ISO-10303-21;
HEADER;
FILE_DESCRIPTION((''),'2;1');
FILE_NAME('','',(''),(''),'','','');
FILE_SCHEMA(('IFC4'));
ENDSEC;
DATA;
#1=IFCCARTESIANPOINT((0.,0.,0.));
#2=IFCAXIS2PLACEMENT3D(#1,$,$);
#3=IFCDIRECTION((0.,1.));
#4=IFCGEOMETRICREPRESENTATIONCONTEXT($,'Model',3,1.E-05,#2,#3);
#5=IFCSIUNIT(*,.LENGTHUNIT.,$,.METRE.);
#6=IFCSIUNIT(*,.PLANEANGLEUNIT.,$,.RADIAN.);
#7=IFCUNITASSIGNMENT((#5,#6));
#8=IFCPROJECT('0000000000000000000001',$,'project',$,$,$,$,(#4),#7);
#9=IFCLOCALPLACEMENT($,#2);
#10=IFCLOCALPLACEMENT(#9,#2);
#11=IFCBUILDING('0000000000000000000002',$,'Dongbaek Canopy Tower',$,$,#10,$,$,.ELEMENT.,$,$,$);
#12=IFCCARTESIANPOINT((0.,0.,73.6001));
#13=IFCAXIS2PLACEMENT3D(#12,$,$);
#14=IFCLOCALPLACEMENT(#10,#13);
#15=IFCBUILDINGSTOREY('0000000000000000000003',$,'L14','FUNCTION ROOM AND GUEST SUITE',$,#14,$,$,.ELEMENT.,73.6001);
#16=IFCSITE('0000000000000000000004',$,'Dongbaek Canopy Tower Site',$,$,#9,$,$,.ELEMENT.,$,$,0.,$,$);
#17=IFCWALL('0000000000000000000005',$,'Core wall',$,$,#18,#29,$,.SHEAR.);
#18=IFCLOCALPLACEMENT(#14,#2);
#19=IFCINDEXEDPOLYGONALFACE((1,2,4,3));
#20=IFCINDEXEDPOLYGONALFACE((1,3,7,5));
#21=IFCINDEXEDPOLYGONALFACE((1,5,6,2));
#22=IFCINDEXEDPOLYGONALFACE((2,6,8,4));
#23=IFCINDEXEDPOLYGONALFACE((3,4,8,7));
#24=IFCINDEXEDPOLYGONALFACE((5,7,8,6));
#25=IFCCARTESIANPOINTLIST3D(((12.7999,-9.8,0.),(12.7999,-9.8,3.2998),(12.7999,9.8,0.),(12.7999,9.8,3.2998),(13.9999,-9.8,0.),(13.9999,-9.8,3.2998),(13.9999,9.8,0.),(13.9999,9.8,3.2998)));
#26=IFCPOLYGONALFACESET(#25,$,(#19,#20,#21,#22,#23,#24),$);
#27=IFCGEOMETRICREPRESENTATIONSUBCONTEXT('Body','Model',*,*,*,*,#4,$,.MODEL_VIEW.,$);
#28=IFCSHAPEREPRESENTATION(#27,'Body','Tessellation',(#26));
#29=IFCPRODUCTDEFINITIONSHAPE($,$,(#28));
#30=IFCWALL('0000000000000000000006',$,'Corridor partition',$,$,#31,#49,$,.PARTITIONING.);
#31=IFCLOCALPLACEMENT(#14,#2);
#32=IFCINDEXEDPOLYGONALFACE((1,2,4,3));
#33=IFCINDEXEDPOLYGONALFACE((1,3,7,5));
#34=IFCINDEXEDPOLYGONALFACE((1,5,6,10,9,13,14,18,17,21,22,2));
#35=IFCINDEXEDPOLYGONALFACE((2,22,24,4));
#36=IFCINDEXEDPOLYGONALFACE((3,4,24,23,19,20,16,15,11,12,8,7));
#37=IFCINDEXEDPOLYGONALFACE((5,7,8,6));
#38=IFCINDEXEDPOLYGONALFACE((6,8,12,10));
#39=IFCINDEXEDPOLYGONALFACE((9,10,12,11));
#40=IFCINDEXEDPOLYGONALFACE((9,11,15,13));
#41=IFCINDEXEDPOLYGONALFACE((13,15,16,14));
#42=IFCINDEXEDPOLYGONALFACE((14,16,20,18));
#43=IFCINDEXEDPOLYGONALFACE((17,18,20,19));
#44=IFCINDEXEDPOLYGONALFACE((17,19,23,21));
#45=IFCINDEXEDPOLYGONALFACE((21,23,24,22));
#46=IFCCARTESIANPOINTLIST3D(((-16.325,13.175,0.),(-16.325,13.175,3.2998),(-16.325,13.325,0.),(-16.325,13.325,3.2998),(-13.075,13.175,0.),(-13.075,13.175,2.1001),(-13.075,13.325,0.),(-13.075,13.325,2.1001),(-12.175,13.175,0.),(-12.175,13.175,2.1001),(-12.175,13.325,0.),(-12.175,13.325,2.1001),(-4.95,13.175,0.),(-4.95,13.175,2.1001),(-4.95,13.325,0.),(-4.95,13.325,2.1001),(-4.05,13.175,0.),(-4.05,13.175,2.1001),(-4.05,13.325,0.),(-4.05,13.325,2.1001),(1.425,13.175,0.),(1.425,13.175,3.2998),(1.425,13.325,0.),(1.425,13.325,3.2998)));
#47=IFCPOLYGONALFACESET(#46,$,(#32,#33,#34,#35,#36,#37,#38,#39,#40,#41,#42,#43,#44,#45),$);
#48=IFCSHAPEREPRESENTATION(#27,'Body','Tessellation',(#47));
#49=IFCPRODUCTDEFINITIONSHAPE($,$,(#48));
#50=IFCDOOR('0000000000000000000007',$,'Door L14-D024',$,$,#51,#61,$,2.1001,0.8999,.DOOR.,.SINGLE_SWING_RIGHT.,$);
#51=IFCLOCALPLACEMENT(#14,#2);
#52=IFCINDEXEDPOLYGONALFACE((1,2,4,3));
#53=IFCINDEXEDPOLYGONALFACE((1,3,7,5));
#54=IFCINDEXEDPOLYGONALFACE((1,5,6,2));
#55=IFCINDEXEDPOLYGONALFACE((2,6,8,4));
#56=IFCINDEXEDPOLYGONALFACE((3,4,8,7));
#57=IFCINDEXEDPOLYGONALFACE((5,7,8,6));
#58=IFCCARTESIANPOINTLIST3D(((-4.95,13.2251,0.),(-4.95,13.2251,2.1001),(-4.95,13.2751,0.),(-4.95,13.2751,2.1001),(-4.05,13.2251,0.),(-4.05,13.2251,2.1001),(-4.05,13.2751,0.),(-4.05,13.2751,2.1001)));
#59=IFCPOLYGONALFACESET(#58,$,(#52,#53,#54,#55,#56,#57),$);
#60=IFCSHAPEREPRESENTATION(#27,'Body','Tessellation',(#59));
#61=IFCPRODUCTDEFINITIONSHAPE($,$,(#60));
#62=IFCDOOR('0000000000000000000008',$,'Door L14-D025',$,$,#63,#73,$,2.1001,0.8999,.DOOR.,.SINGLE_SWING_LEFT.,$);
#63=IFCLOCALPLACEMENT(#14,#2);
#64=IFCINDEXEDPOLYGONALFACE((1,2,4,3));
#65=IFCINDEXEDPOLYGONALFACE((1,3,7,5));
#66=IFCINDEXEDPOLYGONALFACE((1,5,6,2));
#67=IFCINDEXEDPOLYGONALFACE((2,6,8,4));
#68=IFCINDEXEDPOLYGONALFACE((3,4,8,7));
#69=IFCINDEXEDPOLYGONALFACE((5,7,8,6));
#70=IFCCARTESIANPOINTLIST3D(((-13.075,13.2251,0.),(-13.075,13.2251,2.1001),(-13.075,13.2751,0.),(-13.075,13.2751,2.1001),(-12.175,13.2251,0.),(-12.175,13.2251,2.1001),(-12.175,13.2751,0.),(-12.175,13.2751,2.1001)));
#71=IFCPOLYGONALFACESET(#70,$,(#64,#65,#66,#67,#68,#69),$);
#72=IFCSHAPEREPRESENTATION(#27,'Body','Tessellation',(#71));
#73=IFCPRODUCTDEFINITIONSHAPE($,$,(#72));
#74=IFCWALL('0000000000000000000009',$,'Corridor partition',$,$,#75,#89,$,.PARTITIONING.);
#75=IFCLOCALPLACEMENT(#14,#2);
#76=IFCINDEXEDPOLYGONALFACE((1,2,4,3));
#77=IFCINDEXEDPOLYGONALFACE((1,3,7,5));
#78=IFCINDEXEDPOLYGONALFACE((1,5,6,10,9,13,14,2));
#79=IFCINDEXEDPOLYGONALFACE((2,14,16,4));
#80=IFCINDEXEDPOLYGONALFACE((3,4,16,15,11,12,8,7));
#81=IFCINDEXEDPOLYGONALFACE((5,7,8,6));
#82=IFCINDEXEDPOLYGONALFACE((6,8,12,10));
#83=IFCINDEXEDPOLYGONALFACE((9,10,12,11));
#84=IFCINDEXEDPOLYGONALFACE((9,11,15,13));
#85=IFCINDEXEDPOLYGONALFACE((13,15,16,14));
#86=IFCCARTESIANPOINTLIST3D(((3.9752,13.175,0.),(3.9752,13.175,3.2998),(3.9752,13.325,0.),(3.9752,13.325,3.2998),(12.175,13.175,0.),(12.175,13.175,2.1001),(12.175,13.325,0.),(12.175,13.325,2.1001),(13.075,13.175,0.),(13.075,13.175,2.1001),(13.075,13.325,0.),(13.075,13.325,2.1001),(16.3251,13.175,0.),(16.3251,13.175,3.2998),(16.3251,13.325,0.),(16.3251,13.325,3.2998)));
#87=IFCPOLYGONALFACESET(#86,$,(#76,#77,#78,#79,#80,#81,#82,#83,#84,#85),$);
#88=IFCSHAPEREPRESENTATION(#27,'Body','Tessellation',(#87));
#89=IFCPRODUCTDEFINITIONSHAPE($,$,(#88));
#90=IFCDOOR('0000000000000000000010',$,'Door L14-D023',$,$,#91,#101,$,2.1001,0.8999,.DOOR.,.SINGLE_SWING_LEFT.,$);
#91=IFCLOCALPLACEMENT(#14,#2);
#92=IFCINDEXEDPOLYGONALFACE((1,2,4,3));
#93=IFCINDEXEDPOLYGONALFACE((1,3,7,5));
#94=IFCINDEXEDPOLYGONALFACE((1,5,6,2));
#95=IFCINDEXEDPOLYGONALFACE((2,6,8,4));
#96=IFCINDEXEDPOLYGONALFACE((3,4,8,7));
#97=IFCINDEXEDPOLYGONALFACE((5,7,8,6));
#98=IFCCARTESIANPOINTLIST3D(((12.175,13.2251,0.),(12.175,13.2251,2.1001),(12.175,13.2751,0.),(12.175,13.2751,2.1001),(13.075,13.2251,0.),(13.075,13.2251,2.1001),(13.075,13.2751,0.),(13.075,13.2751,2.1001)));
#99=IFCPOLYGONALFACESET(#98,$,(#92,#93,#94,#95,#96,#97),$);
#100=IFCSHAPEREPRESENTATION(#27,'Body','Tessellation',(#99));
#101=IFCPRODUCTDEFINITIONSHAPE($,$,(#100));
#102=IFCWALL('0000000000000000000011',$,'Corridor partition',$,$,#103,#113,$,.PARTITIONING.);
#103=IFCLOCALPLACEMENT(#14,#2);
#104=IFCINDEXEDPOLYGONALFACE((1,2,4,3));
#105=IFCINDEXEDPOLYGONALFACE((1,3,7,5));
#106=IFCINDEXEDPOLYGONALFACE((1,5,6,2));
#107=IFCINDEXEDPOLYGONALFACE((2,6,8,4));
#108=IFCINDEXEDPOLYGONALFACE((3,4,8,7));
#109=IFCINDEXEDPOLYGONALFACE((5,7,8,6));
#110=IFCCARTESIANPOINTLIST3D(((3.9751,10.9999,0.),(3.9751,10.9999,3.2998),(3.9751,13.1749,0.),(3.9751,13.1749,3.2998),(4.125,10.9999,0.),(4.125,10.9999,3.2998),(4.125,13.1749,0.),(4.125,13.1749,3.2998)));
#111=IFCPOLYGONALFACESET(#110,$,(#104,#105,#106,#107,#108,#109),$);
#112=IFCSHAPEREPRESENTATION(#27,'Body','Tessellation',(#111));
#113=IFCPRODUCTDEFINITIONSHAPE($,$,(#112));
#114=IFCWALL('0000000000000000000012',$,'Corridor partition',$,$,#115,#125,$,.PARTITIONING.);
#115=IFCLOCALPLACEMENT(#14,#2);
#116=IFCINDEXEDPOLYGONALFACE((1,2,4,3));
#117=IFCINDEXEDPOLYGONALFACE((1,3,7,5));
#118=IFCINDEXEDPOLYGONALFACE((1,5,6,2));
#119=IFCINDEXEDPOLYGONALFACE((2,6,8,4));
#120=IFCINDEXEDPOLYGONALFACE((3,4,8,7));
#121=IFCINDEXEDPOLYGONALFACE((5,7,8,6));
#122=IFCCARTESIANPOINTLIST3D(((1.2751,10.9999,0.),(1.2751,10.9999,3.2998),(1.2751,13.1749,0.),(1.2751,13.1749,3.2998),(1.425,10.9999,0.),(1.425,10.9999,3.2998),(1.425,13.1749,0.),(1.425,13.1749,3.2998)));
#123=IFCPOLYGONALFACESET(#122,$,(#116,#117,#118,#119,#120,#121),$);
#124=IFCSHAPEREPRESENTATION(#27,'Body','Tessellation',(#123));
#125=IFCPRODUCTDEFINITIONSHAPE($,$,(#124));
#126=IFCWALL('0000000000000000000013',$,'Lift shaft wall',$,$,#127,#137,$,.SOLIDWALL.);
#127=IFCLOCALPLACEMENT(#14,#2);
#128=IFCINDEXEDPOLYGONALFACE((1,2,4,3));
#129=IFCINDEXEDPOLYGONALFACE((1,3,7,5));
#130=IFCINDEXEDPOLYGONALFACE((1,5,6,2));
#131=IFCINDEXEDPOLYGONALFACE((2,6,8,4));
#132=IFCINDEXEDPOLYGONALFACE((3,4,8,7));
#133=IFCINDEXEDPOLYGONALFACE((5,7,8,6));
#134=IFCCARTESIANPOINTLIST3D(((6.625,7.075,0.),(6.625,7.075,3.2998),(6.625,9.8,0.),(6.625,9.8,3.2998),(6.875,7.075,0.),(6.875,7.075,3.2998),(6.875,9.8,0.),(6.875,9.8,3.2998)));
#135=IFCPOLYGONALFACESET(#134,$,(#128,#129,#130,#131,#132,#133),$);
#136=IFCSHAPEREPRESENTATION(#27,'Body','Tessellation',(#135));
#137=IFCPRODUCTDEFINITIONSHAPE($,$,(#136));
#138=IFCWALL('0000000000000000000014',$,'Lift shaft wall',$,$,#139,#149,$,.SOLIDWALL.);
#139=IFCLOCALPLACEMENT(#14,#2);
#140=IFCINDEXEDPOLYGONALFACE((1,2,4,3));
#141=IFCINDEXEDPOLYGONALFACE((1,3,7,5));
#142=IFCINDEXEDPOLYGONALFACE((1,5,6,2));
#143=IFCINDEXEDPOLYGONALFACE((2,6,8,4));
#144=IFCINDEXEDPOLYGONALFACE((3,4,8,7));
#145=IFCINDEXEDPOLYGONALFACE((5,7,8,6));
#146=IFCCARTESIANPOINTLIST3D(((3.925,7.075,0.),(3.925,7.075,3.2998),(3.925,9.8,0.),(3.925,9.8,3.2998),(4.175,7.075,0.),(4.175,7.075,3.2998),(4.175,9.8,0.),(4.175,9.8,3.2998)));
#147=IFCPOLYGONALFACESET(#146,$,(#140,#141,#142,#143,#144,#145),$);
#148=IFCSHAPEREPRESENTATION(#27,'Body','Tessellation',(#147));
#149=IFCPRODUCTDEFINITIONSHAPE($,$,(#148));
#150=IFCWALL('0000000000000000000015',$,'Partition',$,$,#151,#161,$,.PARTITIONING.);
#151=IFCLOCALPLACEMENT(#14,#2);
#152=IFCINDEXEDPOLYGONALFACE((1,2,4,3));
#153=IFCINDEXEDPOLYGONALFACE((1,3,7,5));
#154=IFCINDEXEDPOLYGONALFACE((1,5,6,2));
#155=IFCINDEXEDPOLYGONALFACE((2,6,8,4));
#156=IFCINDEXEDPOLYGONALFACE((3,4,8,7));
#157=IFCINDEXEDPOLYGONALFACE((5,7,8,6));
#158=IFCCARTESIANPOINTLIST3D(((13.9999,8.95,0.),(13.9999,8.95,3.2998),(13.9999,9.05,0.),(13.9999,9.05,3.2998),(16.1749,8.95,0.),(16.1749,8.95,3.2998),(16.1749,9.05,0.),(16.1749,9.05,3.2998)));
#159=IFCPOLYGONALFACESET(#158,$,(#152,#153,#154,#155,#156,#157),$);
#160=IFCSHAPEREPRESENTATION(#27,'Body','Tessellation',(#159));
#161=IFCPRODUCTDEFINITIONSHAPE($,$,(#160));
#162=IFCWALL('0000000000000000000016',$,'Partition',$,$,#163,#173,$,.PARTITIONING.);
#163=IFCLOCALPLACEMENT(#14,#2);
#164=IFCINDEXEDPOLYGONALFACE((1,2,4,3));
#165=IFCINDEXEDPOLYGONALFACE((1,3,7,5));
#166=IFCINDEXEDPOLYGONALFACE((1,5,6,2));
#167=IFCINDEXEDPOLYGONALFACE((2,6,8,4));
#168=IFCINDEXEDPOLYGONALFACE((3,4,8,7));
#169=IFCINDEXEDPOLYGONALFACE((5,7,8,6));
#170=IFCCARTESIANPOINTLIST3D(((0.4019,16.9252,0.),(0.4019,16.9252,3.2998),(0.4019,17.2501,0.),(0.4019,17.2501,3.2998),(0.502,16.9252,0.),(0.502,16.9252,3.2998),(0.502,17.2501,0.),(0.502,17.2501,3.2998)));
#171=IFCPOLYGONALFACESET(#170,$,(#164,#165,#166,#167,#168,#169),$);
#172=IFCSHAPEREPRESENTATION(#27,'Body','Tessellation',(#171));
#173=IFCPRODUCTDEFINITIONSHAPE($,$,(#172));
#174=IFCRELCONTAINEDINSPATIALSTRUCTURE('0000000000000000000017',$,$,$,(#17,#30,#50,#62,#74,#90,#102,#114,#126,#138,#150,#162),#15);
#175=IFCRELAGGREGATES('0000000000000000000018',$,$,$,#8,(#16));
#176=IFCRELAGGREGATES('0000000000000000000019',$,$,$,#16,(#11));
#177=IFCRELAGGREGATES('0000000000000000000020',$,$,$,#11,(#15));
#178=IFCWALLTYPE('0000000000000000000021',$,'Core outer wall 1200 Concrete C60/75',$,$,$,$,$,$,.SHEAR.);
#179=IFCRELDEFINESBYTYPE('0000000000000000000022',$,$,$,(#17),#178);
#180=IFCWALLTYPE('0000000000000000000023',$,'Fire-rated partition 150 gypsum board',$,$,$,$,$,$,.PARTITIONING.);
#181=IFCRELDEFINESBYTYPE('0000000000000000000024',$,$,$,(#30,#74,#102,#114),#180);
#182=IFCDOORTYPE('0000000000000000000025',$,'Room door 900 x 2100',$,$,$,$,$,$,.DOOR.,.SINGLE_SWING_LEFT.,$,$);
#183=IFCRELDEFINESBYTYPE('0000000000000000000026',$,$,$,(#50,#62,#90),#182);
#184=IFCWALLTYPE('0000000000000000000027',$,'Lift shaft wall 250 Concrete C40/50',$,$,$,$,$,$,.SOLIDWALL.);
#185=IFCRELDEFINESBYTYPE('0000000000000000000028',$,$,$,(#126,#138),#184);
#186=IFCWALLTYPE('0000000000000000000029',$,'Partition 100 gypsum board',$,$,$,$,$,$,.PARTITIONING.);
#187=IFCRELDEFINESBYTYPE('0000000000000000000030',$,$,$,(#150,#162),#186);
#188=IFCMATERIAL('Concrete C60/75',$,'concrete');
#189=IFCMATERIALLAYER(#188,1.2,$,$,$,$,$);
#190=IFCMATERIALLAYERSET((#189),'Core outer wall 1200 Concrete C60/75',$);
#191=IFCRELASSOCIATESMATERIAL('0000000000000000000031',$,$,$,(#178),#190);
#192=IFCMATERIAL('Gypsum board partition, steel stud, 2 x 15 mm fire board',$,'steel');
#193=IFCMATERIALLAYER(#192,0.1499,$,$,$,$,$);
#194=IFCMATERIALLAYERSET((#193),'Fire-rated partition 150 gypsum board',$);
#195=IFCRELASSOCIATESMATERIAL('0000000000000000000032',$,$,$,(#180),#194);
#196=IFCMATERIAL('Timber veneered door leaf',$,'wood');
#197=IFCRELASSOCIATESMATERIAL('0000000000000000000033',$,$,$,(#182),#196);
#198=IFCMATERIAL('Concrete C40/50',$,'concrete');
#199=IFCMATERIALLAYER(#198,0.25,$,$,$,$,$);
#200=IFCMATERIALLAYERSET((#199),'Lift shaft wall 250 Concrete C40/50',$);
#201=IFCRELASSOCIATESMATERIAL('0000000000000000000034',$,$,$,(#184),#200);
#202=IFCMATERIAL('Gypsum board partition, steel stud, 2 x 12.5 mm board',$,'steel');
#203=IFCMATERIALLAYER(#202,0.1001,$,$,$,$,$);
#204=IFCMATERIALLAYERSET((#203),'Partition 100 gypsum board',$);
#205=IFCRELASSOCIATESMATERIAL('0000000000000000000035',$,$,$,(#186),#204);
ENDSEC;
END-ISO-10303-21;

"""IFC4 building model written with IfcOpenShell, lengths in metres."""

from ifc_helpers import new_model, si_unit, direction, frame, frame_2d, origin, place, context, subcontext, project, spatial, rectangle, extrude, material, layer, layer_set, type_object, element, fill, save


model = new_model("IFC4")

# Units and contexts
model_context = context("Model", 3, precision=1e-05, world=origin(), true_north=direction((0.0, 1.0)))
body_context = subcontext(model_context, "Body", "Model", "MODEL_VIEW")
ifc_project = project(units=[si_unit("LENGTHUNIT", "METRE"), si_unit("PLANEANGLEUNIT", "RADIAN")], contexts=[model_context])

# Site, building, storey
site_placement = place(None, origin())
site = spatial("IfcSite", under=ifc_project, at=site_placement, Name="Dongbaek Canopy Tower Site", CompositionType="ELEMENT", RefElevation=0.0)
building_placement = place(site_placement, origin())
building = spatial("IfcBuilding", under=site, at=building_placement, Name="Dongbaek Canopy Tower", CompositionType="ELEMENT")
storey_placement = place(building_placement, frame((0.0, 0.0, 73.6001)))
storey = spatial("IfcBuildingStorey", under=building, at=storey_placement, Name="L14", Description="FUNCTION ROOM AND GUEST SUITE", CompositionType="ELEMENT", Elevation=73.6001)

# Wall
ifc_material_1 = material(Name="Concrete C60/75", Category="concrete")
ifc_layer_1 = layer(ifc_material_1, 1.2)
ifc_layer_set_1 = layer_set([ifc_layer_1], Name="Core outer wall 1200 Concrete C60/75")
wall_type_1 = type_object("IfcWallType", Name="Core outer wall 1200 Concrete C60/75", PredefinedType="SHEAR", material=ifc_layer_set_1)
wall_1_placement = place(storey_placement, frame((13.3999, 9.8, 0.0), z_axis=(0.0, 0.0, 1.0), x_axis=(0.0, -1.0, 0.0)))
element("IfcWall", 1, at=wall_1_placement, inside=storey, type_object=wall_type_1, Name="Core wall", PredefinedType="SHEAR", context=body_context, shape_type="SweptSolid", body=[
    extrude(rectangle(XDim=19.6001, YDim=1.2, at=frame_2d((9.8, 0.0))), origin(), (0.0, 0.0, 1.0), 3.2998),
])

# Wall, openings, doors
ifc_material_2 = material(Name="Gypsum board partition, steel stud, 2 x 15 mm fire board", Category="steel")
ifc_layer_2 = layer(ifc_material_2, 0.1499)
ifc_layer_set_2 = layer_set([ifc_layer_2], Name="Fire-rated partition 150 gypsum board")
wall_type_2 = type_object("IfcWallType", Name="Fire-rated partition 150 gypsum board", PredefinedType="PARTITIONING", material=ifc_layer_set_2)
wall_2_placement = place(storey_placement, frame((1.425, 13.25, 0.0), z_axis=(0.0, 0.0, 1.0), x_axis=(-1.0, 0.0, 0.0)))
wall_2 = element("IfcWall", 2, at=wall_2_placement, inside=storey, type_object=wall_type_2, Name="Corridor partition", PredefinedType="PARTITIONING", context=body_context, shape_type="SweptSolid", body=[
    extrude(rectangle(XDim=17.75, YDim=0.1499, at=frame_2d((8.875, 0.0))), origin(), (0.0, 0.0, 1.0), 3.2998),
])
opening_1_placement = place(wall_2_placement, frame((5.4751, 0.0, 0.0)))
opening_1 = element("IfcOpeningElement", 3, at=opening_1_placement, cuts=wall_2, PredefinedType="OPENING", context=body_context, shape_type="SweptSolid", body=[
    extrude(rectangle(XDim=0.8999, YDim=2.1001, at=frame_2d((0.45, 1.05))), frame((0.0, 0.085, 0.0), z_axis=(0.0, -1.0, 0.0), x_axis=(1.0, 0.0, 0.0)), (0.0, 0.0, 1.0), 0.1699),
])
opening_2_placement = place(wall_2_placement, frame((13.6001, 0.0, 0.0)))
opening_2 = element("IfcOpeningElement", 4, at=opening_2_placement, cuts=wall_2, PredefinedType="OPENING", context=body_context, shape_type="SweptSolid", body=[
    extrude(rectangle(XDim=0.8999, YDim=2.1001, at=frame_2d((0.45, 1.05))), frame((0.0, 0.085, 0.0), z_axis=(0.0, -1.0, 0.0), x_axis=(1.0, 0.0, 0.0)), (0.0, 0.0, 1.0), 0.1699),
])
ifc_material_3 = material(Name="Timber veneered door leaf", Category="wood")
door_type_1 = type_object("IfcDoorType", Name="Room door 900 x 2100", OperationType="SINGLE_SWING_LEFT", PredefinedType="DOOR", material=ifc_material_3)
door_1_placement = place(opening_1_placement, origin())
door_1 = element("IfcDoor", 5, at=door_1_placement, inside=storey, type_object=door_type_1, Name="Door L14-D024", OperationType="SINGLE_SWING_RIGHT", OverallHeight=2.1001, OverallWidth=0.8999, PredefinedType="DOOR", context=body_context, shape_type="SweptSolid", body=[
    extrude(rectangle(XDim=0.8999, YDim=2.1001, at=frame_2d((0.45, 1.05))), frame((0.0, 0.0249, 0.0), z_axis=(0.0, -1.0, 0.0), x_axis=(1.0, 0.0, 0.0)), (0.0, 0.0, 1.0), 0.05),
])
fill(opening_1, door_1)
door_2_placement = place(opening_2_placement, origin())
door_2 = element("IfcDoor", 6, at=door_2_placement, inside=storey, type_object=door_type_1, Name="Door L14-D025", OperationType="SINGLE_SWING_LEFT", OverallHeight=2.1001, OverallWidth=0.8999, PredefinedType="DOOR", context=body_context, shape_type="SweptSolid", body=[
    extrude(rectangle(XDim=0.8999, YDim=2.1001, at=frame_2d((0.45, 1.05))), frame((0.0, 0.0249, 0.0), z_axis=(0.0, -1.0, 0.0), x_axis=(1.0, 0.0, 0.0)), (0.0, 0.0, 1.0), 0.05),
])
fill(opening_2, door_2)

# Wall, opening, door
wall_3_placement = place(storey_placement, frame((16.325, 13.25, 0.0), z_axis=(0.0, 0.0, 1.0), x_axis=(-1.0, 0.0, 0.0)))
wall_3 = element("IfcWall", 7, at=wall_3_placement, inside=storey, type_object=wall_type_2, Name="Corridor partition", PredefinedType="PARTITIONING", context=body_context, shape_type="SweptSolid", body=[
    extrude(rectangle(XDim=12.3499, YDim=0.1499, at=frame_2d((6.1748, 0.0))), origin(), (0.0, 0.0, 1.0), 3.2998),
])
opening_3_placement = place(wall_3_placement, frame((3.25, 0.0, 0.0)))
opening_3 = element("IfcOpeningElement", 8, at=opening_3_placement, cuts=wall_3, PredefinedType="OPENING", context=body_context, shape_type="SweptSolid", body=[
    extrude(rectangle(XDim=0.8999, YDim=2.1001, at=frame_2d((0.45, 1.05))), frame((0.0, 0.085, 0.0), z_axis=(0.0, -1.0, 0.0), x_axis=(1.0, 0.0, 0.0)), (0.0, 0.0, 1.0), 0.1699),
])
door_3_placement = place(opening_3_placement, origin())
door_3 = element("IfcDoor", 9, at=door_3_placement, inside=storey, type_object=door_type_1, Name="Door L14-D023", OperationType="SINGLE_SWING_LEFT", OverallHeight=2.1001, OverallWidth=0.8999, PredefinedType="DOOR", context=body_context, shape_type="SweptSolid", body=[
    extrude(rectangle(XDim=0.8999, YDim=2.1001, at=frame_2d((0.45, 1.05))), frame((0.0, 0.0249, 0.0), z_axis=(0.0, -1.0, 0.0), x_axis=(1.0, 0.0, 0.0)), (0.0, 0.0, 1.0), 0.05),
])
fill(opening_3, door_3)

# Walls
for number, where, z_axis, x_axis, name in (
    (10, (4.05, 11.0, 0.0), (0.0, 0.0, 1.0), (0.0, 1.0, 0.0), "Corridor partition"),
    (11, (1.3501, 11.0, 0.0), (0.0, 0.0, 1.0), (0.0, 1.0, 0.0), "Corridor partition"),
):
    element("IfcWall", number, at=place(storey_placement, frame(where, z_axis=z_axis, x_axis=x_axis)), inside=storey, type_object=wall_type_2, Name=name, PredefinedType="PARTITIONING", context=body_context, shape_type="SweptSolid", body=[
        extrude(rectangle(XDim=2.175, YDim=0.1499, at=frame_2d((1.0874, 0.0))), origin(), (0.0, 0.0, 1.0), 3.2998),
    ])
ifc_material_4 = material(Name="Concrete C40/50", Category="concrete")
ifc_layer_3 = layer(ifc_material_4, 0.25)
ifc_layer_set_3 = layer_set([ifc_layer_3], Name="Lift shaft wall 250 Concrete C40/50")
wall_type_3 = type_object("IfcWallType", Name="Lift shaft wall 250 Concrete C40/50", PredefinedType="SOLIDWALL", material=ifc_layer_set_3)
for number, where, z_axis, x_axis, name in (
    (12, (6.75, 7.075, 0.0), (0.0, 0.0, 1.0), (0.0, 1.0, 0.0), "Lift shaft wall"),
    (13, (4.05, 7.075, 0.0), (0.0, 0.0, 1.0), (0.0, 1.0, 0.0), "Lift shaft wall"),
):
    element("IfcWall", number, at=place(storey_placement, frame(where, z_axis=z_axis, x_axis=x_axis)), inside=storey, type_object=wall_type_3, Name=name, PredefinedType="SOLIDWALL", context=body_context, shape_type="SweptSolid", body=[
        extrude(rectangle(XDim=2.7251, YDim=0.25, at=frame_2d((1.3625, 0.0))), origin(), (0.0, 0.0, 1.0), 3.2998),
    ])
ifc_material_5 = material(Name="Gypsum board partition, steel stud, 2 x 12.5 mm board", Category="steel")
ifc_layer_4 = layer(ifc_material_5, 0.1001)
ifc_layer_set_4 = layer_set([ifc_layer_4], Name="Partition 100 gypsum board")
wall_type_4 = type_object("IfcWallType", Name="Partition 100 gypsum board", PredefinedType="PARTITIONING", material=ifc_layer_set_4)
wall_4_placement = place(storey_placement, frame((14.0, 9.0, 0.0), z_axis=(0.0, 0.0, 1.0), x_axis=(1.0, 0.0, 0.0)))
element("IfcWall", 14, at=wall_4_placement, inside=storey, type_object=wall_type_4, Name="Partition", PredefinedType="PARTITIONING", context=body_context, shape_type="SweptSolid", body=[
    extrude(rectangle(XDim=2.175, YDim=0.1001, at=frame_2d((1.0874, 0.0))), origin(), (0.0, 0.0, 1.0), 3.2998),
])
wall_5_placement = place(storey_placement, frame((0.4519, 16.925, 0.0), z_axis=(0.0, 0.0, 1.0), x_axis=(0.0, 1.0, 0.0)))
element("IfcWall", 15, at=wall_5_placement, inside=storey, type_object=wall_type_4, Name="Partition", PredefinedType="PARTITIONING", context=body_context, shape_type="SweptSolid", body=[
    extrude(rectangle(XDim=0.325, YDim=0.1001, at=frame_2d((0.1626, 0.0))), origin(), (0.0, 0.0, 1.0), 3.2998),
])

save(model, "model.ifc")
